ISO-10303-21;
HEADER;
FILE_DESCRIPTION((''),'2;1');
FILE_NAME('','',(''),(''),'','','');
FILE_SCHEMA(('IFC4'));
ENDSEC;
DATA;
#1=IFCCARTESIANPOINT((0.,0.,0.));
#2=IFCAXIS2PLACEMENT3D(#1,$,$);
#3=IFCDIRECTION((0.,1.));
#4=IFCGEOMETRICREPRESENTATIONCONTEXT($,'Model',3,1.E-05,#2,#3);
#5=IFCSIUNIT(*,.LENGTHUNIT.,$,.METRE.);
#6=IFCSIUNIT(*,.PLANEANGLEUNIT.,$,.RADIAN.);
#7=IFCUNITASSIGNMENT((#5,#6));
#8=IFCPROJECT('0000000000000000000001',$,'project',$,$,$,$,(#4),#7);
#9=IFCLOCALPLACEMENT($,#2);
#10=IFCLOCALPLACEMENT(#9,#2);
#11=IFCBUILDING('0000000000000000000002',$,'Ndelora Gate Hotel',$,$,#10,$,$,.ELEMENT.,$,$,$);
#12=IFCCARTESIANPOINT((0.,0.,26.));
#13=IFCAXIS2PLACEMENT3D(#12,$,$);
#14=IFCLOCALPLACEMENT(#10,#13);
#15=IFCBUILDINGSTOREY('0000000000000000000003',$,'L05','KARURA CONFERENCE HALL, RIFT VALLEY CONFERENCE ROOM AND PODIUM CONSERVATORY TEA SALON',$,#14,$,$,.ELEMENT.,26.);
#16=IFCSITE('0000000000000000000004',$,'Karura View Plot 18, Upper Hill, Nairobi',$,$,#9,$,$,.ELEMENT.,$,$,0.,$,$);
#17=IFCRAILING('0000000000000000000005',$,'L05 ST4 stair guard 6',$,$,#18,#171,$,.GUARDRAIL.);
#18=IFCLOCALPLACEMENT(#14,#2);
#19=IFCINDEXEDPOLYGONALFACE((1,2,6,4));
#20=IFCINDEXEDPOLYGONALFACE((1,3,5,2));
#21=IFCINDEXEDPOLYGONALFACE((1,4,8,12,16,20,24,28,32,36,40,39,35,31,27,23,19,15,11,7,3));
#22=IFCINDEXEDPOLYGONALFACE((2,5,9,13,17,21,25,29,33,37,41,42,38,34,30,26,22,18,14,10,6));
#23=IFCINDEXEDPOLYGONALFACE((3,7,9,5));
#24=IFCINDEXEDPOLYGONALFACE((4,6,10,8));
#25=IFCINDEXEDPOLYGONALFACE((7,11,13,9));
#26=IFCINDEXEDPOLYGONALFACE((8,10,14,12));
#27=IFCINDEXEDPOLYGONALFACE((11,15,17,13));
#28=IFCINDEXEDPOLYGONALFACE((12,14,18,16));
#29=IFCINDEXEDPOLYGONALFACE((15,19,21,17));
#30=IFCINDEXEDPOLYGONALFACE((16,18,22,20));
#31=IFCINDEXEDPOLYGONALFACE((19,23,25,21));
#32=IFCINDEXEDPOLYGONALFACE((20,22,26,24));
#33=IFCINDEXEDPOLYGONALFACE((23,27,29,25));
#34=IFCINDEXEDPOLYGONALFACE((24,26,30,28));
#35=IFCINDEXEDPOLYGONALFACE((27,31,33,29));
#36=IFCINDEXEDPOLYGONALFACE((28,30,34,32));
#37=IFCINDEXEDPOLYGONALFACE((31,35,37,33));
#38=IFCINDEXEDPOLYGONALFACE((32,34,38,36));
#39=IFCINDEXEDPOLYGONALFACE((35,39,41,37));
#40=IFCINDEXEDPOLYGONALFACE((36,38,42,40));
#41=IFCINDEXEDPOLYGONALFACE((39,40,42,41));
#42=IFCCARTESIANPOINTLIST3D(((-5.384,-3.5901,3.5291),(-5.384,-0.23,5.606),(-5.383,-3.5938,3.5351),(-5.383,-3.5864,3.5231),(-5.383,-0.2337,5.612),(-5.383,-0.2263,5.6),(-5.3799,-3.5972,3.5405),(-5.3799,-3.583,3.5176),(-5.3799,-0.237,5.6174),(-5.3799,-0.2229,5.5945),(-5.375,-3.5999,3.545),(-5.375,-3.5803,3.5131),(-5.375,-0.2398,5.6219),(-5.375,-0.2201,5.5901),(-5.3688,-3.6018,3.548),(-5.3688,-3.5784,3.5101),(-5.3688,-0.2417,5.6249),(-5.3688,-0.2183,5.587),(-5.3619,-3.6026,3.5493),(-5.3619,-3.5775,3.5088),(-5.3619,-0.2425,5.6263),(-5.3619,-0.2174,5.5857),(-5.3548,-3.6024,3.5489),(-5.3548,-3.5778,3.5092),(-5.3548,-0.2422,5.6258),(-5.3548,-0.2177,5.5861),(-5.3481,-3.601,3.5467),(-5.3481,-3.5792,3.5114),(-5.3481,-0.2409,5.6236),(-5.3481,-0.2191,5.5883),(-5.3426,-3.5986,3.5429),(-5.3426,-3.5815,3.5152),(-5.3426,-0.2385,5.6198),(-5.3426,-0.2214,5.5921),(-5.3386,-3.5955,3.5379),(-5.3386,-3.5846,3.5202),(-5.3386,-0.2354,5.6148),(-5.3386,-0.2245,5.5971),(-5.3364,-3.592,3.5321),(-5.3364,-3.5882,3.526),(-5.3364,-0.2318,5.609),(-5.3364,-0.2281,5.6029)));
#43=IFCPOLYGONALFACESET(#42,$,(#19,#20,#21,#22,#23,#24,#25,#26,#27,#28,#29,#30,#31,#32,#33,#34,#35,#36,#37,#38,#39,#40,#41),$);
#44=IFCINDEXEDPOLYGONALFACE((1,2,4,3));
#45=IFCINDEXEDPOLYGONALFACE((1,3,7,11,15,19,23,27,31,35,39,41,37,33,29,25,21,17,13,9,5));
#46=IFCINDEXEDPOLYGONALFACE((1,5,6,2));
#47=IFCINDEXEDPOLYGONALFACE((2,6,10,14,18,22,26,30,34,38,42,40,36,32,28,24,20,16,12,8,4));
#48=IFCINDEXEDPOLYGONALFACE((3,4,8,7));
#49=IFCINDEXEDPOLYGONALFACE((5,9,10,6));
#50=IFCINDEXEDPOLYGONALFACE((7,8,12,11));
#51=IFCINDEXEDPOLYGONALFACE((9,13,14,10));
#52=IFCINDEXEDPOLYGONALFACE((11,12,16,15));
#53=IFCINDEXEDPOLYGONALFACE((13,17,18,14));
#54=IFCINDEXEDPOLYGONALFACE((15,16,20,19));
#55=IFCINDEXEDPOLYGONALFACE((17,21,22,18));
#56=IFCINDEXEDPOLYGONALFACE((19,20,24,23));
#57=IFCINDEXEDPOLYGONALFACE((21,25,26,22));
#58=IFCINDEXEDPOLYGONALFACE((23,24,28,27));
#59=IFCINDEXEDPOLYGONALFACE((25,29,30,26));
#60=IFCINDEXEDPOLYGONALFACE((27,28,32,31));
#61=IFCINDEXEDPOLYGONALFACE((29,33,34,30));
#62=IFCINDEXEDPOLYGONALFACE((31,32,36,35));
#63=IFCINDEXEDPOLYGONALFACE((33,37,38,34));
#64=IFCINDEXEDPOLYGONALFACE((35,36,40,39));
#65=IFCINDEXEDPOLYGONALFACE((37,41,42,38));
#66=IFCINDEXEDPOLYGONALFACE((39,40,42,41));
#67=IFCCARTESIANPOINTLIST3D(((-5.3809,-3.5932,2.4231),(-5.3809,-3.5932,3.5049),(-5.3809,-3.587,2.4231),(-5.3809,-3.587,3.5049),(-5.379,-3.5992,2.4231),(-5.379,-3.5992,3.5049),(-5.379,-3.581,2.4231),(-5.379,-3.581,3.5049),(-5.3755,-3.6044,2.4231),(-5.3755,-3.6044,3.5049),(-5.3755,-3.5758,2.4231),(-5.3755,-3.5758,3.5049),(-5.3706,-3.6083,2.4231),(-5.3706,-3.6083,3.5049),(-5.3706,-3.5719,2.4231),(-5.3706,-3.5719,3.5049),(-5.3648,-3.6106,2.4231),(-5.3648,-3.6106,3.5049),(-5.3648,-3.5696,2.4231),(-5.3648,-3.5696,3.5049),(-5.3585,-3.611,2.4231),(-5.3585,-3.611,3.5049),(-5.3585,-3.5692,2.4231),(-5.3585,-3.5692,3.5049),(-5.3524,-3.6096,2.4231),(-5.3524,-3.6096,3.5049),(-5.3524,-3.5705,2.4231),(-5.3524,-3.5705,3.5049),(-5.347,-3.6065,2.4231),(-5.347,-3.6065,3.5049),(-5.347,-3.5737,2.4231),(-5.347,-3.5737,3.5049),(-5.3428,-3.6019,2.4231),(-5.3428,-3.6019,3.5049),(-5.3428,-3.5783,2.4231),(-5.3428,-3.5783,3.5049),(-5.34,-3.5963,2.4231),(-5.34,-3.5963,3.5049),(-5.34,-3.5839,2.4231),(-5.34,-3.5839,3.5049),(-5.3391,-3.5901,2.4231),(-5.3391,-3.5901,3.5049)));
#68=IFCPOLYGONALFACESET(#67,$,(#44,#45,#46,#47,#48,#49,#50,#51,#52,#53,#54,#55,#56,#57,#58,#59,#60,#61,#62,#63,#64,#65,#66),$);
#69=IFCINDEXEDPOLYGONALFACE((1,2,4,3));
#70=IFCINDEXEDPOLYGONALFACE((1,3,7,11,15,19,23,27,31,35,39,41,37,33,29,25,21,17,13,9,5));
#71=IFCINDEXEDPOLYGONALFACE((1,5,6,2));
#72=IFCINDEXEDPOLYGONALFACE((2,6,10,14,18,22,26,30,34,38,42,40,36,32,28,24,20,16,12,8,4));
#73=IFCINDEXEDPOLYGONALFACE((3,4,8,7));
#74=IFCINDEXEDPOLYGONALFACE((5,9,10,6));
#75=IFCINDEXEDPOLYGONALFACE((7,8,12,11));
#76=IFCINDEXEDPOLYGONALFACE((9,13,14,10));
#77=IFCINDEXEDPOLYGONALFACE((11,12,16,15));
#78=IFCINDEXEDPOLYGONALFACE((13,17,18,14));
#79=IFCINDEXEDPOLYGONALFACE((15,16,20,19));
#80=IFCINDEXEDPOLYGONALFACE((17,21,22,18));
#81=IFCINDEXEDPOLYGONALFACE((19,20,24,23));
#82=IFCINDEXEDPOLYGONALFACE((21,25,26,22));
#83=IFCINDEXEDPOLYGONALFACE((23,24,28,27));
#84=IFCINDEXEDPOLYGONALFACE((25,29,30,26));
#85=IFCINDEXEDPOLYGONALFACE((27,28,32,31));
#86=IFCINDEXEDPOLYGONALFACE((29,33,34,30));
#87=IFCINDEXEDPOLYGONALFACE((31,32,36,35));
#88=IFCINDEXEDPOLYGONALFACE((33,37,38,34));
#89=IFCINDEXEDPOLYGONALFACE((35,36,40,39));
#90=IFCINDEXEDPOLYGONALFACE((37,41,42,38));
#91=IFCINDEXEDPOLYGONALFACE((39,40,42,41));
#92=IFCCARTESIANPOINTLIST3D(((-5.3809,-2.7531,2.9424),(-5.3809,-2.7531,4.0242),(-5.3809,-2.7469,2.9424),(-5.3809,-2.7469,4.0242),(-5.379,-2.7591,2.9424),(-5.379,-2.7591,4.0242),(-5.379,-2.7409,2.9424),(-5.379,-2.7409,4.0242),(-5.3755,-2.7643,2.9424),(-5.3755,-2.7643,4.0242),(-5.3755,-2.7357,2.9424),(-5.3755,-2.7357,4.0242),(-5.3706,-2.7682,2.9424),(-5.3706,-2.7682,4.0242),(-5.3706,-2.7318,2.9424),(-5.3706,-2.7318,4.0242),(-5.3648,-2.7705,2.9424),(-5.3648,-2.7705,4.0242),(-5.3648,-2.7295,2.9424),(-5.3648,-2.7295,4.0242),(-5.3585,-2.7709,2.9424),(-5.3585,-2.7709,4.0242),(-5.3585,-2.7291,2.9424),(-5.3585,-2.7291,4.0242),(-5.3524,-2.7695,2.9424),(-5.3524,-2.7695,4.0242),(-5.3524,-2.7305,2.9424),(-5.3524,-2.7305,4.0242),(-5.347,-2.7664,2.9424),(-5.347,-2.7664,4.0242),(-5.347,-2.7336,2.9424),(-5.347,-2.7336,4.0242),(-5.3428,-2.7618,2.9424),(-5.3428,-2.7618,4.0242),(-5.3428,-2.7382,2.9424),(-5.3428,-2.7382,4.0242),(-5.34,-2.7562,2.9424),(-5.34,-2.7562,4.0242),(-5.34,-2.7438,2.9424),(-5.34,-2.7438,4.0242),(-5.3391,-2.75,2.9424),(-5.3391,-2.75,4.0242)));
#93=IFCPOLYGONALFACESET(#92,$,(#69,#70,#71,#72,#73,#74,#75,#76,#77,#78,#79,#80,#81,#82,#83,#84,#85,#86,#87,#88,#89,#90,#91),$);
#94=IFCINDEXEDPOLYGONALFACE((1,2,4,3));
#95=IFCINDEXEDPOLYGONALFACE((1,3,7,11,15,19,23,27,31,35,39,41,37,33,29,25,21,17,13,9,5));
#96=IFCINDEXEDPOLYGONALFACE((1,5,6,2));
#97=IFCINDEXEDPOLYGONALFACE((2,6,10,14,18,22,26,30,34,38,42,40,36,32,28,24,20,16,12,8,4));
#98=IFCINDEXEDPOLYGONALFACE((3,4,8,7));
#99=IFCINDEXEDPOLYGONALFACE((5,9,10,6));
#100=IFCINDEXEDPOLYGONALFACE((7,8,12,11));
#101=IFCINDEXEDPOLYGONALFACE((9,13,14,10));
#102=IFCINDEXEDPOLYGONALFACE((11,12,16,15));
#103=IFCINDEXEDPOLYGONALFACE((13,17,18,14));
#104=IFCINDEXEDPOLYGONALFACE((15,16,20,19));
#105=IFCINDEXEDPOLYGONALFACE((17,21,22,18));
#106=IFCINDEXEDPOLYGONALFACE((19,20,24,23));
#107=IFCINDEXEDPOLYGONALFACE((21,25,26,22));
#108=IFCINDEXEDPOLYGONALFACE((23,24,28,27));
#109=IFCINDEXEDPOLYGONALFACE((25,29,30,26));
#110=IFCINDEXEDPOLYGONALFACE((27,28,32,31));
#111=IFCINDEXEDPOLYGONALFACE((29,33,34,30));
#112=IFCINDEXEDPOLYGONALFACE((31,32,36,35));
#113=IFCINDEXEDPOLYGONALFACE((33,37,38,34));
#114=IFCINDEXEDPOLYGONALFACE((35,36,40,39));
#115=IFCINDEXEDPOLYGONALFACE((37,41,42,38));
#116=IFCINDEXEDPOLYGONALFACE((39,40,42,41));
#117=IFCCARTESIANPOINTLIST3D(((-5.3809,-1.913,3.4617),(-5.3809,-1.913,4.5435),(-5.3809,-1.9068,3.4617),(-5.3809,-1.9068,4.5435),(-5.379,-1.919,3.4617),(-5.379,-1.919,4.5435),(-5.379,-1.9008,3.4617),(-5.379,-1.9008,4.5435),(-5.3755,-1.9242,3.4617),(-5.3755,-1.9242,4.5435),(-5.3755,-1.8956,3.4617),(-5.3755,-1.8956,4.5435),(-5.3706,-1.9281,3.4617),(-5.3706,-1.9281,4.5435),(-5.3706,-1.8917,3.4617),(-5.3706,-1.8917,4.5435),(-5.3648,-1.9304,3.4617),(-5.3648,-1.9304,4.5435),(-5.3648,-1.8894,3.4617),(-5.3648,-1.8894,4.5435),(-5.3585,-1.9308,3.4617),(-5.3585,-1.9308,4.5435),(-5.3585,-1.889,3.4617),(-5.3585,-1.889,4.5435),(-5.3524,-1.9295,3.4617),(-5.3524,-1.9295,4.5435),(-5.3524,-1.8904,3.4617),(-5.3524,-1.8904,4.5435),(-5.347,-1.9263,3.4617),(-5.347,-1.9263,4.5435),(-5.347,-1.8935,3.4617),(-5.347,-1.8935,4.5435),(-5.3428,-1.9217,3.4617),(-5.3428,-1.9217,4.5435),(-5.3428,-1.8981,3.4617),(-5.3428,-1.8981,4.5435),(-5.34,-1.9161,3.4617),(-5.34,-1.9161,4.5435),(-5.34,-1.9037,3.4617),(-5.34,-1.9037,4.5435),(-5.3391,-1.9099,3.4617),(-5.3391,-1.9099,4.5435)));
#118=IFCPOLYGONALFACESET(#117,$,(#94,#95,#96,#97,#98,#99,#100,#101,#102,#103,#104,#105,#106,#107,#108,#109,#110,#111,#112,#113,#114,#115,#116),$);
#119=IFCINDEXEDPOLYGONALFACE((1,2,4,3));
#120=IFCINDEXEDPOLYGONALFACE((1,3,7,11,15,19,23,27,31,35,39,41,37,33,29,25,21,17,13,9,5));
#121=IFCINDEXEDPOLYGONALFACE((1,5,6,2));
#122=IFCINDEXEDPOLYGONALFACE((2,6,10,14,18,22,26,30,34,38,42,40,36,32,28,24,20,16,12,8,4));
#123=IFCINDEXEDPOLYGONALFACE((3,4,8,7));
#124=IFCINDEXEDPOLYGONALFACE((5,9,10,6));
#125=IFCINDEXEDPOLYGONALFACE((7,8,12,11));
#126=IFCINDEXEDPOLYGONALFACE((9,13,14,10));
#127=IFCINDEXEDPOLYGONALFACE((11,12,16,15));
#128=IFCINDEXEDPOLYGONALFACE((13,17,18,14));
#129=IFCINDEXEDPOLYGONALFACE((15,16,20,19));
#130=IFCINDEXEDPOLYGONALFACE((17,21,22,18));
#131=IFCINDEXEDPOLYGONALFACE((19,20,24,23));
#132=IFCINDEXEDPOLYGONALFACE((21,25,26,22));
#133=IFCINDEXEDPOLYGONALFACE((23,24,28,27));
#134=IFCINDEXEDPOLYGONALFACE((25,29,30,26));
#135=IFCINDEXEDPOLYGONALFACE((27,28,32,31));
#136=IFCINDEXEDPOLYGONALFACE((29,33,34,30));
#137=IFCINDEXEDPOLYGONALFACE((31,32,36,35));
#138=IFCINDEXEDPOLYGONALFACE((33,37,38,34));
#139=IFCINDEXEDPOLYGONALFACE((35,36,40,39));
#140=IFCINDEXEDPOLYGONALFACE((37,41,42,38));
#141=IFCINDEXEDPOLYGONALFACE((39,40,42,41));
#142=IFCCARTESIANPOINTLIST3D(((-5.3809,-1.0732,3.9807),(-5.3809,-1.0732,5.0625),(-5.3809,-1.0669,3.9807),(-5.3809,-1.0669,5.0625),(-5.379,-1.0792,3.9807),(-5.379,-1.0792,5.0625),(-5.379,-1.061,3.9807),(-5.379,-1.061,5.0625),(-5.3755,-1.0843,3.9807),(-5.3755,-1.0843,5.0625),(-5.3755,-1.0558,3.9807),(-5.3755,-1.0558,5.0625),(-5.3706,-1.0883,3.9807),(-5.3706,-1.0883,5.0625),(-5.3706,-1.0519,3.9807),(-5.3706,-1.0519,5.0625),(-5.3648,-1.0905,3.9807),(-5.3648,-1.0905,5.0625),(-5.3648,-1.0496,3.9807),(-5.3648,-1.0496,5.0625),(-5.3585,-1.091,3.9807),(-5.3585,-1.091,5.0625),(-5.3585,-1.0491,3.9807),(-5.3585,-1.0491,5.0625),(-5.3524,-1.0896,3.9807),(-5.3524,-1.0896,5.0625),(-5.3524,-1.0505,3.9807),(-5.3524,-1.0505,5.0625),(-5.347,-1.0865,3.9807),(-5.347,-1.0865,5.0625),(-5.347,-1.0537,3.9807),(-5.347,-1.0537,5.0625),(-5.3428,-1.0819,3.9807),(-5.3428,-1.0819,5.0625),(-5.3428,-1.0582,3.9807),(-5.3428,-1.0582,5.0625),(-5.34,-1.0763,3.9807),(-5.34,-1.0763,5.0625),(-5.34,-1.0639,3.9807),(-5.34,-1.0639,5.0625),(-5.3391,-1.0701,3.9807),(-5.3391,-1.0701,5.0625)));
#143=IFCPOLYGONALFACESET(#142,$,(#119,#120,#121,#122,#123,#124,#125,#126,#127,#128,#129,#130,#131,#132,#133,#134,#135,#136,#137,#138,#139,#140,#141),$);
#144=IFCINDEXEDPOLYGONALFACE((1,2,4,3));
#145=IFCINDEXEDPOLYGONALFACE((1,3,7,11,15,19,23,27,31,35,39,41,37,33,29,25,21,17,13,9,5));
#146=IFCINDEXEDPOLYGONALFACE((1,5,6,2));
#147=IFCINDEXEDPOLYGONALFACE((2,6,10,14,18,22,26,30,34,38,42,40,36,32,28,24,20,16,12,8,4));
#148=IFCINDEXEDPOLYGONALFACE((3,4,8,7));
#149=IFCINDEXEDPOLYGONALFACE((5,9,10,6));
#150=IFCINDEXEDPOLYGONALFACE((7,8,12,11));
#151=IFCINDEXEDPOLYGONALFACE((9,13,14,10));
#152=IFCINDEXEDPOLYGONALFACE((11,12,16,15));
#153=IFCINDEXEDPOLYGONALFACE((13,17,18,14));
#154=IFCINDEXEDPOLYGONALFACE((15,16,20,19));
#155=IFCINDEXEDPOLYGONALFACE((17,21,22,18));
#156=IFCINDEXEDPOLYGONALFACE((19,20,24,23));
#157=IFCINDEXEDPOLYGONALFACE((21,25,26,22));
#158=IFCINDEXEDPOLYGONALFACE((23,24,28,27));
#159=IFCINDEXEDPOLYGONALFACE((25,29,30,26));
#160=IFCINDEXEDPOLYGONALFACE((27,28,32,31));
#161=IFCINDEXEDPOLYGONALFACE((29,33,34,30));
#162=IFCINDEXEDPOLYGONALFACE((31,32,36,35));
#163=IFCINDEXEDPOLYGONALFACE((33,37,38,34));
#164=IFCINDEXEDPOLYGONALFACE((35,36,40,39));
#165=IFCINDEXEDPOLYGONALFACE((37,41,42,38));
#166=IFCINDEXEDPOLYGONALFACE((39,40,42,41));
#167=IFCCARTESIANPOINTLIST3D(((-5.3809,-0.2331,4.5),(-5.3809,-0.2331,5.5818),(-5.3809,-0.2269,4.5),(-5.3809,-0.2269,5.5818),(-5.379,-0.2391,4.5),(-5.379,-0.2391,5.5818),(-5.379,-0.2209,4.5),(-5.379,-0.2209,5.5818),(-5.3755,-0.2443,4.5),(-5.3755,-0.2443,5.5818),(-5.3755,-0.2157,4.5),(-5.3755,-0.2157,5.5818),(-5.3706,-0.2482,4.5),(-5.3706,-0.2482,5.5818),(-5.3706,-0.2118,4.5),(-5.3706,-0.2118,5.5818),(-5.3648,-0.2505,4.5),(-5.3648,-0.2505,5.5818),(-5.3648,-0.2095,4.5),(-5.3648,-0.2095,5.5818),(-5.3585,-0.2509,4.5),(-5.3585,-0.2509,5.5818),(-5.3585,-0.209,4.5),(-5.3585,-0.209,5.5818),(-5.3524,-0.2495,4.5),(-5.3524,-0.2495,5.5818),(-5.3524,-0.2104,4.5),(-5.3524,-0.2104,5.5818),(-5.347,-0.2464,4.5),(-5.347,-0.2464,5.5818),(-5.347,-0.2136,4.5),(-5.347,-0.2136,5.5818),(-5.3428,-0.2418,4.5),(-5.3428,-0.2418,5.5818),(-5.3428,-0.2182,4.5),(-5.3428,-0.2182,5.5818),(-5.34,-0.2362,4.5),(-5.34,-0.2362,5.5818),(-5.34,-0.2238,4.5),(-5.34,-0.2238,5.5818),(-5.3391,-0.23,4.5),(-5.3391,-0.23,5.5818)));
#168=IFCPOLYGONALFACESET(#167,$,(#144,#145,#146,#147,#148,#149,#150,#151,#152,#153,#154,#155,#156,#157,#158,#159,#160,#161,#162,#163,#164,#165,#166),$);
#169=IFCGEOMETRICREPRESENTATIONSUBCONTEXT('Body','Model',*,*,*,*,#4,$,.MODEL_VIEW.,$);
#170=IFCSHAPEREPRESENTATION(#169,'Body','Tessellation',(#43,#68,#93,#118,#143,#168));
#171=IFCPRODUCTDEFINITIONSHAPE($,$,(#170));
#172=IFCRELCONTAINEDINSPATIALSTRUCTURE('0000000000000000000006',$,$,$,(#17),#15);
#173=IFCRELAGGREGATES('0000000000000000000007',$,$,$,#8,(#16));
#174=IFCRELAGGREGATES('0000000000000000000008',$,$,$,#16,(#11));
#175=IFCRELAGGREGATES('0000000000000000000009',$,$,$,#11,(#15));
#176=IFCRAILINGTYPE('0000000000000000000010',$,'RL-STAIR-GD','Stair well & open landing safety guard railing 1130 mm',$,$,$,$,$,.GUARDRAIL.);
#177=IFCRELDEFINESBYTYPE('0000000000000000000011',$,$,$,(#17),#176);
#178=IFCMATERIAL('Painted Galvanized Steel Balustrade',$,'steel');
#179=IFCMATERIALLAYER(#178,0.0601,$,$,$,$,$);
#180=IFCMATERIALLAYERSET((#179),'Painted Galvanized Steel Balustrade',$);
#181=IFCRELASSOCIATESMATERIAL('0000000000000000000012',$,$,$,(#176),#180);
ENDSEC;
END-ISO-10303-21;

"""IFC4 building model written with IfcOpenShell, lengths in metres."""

from ifc_helpers import new_model, si_unit, direction, frame, origin, origin_2d, place, context, subcontext, project, spatial, circle, extrude, material, layer, layer_set, type_object, element, save


model = new_model("IFC4")

# Units and contexts
model_context = context("Model", 3, precision=1e-05, world=origin(), true_north=direction((0.0, 1.0)))
body_context = subcontext(model_context, "Body", "Model", "MODEL_VIEW")
ifc_project = project(units=[si_unit("LENGTHUNIT", "METRE"), si_unit("PLANEANGLEUNIT", "RADIAN")], contexts=[model_context])

# Site, building, storey
site_placement = place(None, origin())
site = spatial("IfcSite", under=ifc_project, at=site_placement, Name="Karura View Plot 18, Upper Hill, Nairobi", CompositionType="ELEMENT", RefElevation=0.0)
building_placement = place(site_placement, origin())
building = spatial("IfcBuilding", under=site, at=building_placement, Name="Ndelora Gate Hotel", CompositionType="ELEMENT")
storey_placement = place(building_placement, frame((0.0, 0.0, 26.0)))
storey = spatial("IfcBuildingStorey", under=building, at=storey_placement, Name="L05", Description="KARURA CONFERENCE HALL, RIFT VALLEY CONFERENCE ROOM AND PODIUM CONSERVATORY TEA SALON", CompositionType="ELEMENT", Elevation=26.0)

# Railing
ifc_material_1 = material(Name="Painted Galvanized Steel Balustrade", Category="steel")
ifc_layer_1 = layer(ifc_material_1, 0.0601)
ifc_layer_set_1 = layer_set([ifc_layer_1], Name="Painted Galvanized Steel Balustrade")
railing_type = type_object("IfcRailingType", Name="RL-STAIR-GD", Description="Stair well & open landing safety guard railing 1130 mm", PredefinedType="GUARDRAIL", material=ifc_layer_set_1)
railing_1_placement = place(storey_placement, frame((-5.3601, -3.5901, 2.4231)))
element("IfcRailing", 1, at=railing_1_placement, inside=storey, type_object=railing_type, Name="L05 ST4 stair guard 6", PredefinedType="GUARDRAIL", context=body_context, shape_type="SweptSolid", body=[
    extrude(circle(Radius=0.0239, at=origin_2d()), frame((0.0, 0.0, 1.106), z_axis=(0.0, 0.850623, 0.525776), x_axis=(-1.0, 0.0, 0.0)), (0.0, 0.0, 1.0), 3.9502),
    extrude(circle(Radius=0.021, at=origin_2d()), origin(), (0.0, 0.0, 1.0), 1.0818),
    extrude(circle(Radius=0.021, at=origin_2d()), frame((0.0, 0.8401, 0.5193)), (0.0, 0.0, 1.0), 1.0818),
    extrude(circle(Radius=0.021, at=origin_2d()), frame((0.0, 1.6802, 1.0386)), (0.0, 0.0, 1.0), 1.0818),
    extrude(circle(Radius=0.021, at=origin_2d()), frame((0.0, 2.52, 1.5576)), (0.0, 0.0, 1.0), 1.0818),
    extrude(circle(Radius=0.021, at=origin_2d()), frame((0.0, 3.3601, 2.0769)), (0.0, 0.0, 1.0), 1.0818),
])

save(model, "model.ifc")
